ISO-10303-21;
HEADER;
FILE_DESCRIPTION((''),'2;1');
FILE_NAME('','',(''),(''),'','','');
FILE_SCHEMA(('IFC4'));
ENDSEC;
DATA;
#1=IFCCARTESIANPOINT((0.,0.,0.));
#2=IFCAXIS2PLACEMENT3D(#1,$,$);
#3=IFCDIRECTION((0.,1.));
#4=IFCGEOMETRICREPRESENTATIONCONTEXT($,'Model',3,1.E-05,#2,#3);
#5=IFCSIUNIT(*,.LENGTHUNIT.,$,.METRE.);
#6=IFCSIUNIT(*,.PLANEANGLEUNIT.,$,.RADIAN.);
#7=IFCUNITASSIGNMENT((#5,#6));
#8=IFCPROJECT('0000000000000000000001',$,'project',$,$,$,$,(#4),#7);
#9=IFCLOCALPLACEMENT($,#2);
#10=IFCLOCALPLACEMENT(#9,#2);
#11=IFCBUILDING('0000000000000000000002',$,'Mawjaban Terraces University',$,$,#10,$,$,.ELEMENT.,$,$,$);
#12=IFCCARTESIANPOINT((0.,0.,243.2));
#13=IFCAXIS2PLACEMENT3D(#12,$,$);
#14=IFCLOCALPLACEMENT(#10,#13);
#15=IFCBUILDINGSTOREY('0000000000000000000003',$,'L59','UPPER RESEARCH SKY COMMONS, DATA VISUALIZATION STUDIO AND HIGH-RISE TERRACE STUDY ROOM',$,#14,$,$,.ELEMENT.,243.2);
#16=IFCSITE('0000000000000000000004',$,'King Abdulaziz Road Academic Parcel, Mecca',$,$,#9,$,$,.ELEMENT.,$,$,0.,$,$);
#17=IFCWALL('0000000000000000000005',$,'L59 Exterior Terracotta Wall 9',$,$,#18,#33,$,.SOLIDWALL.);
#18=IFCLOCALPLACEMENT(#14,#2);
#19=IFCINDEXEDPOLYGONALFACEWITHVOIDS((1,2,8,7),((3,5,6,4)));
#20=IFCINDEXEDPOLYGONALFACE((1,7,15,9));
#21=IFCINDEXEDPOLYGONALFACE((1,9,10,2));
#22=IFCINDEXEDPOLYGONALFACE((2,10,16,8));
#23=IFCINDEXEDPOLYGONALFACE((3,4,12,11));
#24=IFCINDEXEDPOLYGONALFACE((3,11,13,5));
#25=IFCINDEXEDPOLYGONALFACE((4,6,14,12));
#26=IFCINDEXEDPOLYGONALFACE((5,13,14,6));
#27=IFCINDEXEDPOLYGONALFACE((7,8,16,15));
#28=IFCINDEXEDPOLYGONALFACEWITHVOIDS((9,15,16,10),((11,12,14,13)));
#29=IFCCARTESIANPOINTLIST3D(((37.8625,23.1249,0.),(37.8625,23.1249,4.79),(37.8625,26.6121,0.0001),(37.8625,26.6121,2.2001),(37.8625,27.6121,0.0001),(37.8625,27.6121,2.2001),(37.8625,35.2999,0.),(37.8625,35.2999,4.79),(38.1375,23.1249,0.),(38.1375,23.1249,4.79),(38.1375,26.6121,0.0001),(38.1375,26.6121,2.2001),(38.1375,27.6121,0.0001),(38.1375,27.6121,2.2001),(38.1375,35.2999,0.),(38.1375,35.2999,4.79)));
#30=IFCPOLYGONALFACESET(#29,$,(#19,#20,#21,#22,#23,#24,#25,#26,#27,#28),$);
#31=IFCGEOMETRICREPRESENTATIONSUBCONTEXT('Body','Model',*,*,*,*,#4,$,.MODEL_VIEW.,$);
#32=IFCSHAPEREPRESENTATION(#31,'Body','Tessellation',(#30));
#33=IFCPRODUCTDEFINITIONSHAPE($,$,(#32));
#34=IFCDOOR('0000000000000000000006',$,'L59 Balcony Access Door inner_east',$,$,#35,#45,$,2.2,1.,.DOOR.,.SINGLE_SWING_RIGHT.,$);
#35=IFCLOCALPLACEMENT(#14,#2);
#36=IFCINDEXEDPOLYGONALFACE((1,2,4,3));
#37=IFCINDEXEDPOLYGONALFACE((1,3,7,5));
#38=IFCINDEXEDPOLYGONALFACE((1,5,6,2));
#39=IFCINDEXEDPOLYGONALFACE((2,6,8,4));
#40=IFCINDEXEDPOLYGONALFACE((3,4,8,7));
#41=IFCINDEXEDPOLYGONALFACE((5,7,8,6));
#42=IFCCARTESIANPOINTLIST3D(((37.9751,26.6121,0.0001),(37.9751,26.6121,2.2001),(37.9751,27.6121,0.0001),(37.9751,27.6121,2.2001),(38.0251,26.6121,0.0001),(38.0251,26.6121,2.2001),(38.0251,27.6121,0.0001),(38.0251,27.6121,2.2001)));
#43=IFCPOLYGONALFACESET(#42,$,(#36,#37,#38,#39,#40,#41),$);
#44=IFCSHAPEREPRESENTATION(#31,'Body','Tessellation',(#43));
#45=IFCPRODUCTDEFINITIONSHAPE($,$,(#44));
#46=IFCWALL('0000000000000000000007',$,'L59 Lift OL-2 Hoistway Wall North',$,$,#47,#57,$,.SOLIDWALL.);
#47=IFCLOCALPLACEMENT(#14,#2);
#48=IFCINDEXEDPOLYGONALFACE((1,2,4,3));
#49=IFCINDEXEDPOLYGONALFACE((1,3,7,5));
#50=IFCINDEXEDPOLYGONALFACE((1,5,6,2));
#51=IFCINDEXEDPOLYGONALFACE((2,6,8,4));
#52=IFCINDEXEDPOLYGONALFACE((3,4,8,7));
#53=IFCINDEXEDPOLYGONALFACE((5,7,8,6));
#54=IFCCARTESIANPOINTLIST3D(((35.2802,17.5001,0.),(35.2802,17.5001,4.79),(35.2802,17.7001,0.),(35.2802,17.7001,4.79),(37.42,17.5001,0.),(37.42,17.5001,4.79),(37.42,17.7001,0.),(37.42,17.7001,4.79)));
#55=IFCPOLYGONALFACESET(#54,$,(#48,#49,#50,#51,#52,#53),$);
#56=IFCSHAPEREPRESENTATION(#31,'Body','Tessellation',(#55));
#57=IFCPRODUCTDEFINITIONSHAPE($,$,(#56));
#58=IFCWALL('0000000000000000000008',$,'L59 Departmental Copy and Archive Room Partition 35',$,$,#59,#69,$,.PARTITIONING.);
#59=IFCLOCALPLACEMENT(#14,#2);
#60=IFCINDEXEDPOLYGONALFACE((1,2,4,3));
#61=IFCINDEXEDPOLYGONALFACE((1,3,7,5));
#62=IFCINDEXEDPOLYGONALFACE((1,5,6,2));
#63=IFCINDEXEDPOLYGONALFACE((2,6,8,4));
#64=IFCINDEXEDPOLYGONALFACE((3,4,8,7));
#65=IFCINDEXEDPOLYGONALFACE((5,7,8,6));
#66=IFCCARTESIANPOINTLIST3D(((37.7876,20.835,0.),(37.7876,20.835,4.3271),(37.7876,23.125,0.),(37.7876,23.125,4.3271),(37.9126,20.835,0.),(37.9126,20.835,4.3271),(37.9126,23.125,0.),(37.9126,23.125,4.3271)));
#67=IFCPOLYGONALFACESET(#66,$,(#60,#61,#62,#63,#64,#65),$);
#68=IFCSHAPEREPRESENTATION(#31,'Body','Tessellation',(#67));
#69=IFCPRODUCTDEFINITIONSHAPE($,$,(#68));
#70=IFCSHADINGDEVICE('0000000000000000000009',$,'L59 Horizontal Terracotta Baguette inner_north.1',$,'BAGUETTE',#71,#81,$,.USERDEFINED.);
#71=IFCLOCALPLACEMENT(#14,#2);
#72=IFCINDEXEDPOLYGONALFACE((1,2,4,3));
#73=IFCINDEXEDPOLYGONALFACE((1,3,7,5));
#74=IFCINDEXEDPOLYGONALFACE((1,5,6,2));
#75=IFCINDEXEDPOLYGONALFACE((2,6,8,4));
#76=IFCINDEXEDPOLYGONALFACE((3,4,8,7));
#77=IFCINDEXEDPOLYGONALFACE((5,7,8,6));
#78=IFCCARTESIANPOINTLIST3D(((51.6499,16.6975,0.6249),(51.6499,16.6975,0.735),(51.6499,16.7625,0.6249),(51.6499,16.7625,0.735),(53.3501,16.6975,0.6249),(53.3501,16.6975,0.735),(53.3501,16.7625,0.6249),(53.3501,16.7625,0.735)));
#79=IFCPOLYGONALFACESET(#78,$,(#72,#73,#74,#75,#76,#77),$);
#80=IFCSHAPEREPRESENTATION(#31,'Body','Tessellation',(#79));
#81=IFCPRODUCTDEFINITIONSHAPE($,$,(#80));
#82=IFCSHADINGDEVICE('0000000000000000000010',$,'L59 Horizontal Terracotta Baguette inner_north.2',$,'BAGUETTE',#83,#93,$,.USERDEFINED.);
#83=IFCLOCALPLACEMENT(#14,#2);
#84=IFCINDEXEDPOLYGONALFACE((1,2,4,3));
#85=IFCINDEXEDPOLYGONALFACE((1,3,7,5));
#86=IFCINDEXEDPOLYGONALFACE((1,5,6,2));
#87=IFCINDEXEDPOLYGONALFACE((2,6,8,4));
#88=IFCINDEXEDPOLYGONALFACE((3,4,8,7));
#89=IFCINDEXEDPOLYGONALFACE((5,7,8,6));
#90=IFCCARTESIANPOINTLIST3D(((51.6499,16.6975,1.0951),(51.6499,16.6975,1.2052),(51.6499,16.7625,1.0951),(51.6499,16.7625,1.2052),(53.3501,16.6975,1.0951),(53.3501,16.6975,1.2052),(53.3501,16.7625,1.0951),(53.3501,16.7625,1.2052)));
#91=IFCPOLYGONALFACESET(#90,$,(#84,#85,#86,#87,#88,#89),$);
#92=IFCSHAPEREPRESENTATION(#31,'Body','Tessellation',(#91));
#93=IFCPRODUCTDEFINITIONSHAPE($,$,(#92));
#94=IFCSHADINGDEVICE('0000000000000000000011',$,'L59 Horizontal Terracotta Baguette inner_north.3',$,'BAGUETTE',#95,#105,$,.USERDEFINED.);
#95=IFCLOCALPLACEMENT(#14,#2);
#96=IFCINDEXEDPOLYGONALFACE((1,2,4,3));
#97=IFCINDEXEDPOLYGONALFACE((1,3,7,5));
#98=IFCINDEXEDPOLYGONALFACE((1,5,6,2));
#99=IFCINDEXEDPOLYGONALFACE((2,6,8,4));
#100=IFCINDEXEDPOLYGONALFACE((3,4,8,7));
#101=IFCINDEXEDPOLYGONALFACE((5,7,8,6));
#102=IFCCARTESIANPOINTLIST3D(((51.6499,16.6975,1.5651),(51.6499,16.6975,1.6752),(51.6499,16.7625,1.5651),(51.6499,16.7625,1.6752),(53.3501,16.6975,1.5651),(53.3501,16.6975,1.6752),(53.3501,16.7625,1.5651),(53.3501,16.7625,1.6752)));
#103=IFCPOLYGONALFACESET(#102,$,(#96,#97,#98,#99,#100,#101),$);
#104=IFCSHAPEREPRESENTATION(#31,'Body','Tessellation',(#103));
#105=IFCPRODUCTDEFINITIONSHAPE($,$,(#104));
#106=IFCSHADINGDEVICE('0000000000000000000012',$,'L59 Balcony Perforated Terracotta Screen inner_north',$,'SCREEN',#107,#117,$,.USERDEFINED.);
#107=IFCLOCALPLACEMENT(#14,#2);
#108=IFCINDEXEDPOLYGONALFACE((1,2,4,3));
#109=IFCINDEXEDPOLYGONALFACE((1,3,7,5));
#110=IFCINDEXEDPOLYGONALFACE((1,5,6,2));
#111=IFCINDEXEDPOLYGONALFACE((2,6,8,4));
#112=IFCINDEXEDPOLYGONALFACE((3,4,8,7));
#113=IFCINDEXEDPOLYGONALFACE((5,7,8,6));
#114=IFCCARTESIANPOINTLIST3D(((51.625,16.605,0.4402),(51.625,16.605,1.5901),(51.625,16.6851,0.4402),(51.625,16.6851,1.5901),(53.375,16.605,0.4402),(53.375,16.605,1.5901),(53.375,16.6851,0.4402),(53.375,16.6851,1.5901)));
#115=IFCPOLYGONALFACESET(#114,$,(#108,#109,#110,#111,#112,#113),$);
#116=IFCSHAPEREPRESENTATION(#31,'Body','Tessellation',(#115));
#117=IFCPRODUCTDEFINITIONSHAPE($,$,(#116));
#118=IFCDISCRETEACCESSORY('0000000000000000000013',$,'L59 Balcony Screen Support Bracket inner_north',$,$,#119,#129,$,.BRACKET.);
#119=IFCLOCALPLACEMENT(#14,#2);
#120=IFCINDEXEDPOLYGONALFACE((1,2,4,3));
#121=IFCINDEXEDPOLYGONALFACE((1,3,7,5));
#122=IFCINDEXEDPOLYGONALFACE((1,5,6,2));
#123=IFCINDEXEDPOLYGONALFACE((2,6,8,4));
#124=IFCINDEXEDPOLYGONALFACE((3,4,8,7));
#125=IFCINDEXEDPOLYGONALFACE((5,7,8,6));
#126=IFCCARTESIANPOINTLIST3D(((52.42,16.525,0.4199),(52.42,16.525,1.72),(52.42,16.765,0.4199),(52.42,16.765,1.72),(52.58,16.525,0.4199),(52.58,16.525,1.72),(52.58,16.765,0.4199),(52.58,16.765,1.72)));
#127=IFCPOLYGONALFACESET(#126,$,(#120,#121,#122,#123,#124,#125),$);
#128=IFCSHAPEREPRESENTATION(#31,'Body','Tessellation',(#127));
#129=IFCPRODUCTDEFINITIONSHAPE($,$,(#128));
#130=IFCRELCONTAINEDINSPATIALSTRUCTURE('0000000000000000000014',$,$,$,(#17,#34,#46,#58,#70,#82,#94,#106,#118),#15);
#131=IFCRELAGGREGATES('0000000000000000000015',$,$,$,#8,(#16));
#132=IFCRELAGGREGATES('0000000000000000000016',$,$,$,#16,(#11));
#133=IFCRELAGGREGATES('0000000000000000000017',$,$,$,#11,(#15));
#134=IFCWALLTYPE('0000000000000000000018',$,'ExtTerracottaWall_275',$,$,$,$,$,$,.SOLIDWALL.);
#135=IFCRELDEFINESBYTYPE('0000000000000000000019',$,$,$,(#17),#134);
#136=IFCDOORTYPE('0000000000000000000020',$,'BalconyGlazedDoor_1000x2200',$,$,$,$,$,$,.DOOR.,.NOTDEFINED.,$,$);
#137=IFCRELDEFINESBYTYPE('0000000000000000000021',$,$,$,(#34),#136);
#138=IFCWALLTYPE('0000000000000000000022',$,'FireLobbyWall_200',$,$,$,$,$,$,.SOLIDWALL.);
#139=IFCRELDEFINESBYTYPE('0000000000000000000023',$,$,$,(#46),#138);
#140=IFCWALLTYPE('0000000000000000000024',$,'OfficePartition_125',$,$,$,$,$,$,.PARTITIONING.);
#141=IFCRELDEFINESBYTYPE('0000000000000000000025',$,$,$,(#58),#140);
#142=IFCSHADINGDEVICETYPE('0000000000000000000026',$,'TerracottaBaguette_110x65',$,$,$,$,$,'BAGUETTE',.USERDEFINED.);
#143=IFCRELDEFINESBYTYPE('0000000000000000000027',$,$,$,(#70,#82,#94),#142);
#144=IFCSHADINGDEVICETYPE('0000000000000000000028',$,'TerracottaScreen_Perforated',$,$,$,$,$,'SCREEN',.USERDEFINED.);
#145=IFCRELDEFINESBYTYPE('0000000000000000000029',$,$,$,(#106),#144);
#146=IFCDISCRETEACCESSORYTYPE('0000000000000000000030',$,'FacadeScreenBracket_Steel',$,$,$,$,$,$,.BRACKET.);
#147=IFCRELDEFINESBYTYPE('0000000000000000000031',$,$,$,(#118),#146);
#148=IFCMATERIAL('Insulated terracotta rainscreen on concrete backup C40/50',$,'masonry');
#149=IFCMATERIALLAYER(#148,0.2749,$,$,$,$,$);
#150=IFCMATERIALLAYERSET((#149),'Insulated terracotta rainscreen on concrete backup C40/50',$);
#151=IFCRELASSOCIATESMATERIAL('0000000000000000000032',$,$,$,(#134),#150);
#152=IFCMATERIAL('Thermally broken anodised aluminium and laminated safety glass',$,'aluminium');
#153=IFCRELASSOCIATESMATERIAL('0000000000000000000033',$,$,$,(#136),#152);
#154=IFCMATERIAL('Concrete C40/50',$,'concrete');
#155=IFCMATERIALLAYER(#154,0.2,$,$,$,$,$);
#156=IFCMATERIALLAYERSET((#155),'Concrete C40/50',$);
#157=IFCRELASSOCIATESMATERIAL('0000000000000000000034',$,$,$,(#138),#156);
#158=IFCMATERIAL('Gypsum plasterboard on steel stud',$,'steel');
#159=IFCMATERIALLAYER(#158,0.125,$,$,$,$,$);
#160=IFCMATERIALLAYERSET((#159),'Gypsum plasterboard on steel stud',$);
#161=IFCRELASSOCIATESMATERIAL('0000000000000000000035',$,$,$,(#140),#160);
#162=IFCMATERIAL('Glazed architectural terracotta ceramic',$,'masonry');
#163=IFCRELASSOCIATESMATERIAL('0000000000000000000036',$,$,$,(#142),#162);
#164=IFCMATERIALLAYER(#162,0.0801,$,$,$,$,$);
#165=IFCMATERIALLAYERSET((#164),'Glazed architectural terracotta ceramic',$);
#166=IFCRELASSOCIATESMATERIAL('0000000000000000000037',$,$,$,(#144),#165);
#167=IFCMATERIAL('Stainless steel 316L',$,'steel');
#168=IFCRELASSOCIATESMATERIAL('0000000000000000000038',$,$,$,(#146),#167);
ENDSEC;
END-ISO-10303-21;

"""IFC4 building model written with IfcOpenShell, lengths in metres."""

from ifc_helpers import new_model, si_unit, direction, frame, frame_2d, origin, origin_2d, place, context, subcontext, project, spatial, rectangle, extrude, material, layer, layer_set, material_profile, profile_set, type_object, element, fill, save


model = new_model("IFC4")

# Units and contexts
model_context = context("Model", 3, precision=1e-05, world=origin(), true_north=direction((0.0, 1.0)))
body_context = subcontext(model_context, "Body", "Model", "MODEL_VIEW")
ifc_project = project(units=[si_unit("LENGTHUNIT", "METRE"), si_unit("PLANEANGLEUNIT", "RADIAN")], contexts=[model_context])

# Site, building, storey
site_placement = place(None, origin())
site = spatial("IfcSite", under=ifc_project, at=site_placement, Name="King Abdulaziz Road Academic Parcel, Mecca", CompositionType="ELEMENT", RefElevation=0.0)
building_placement = place(site_placement, origin())
building = spatial("IfcBuilding", under=site, at=building_placement, Name="Mawjaban Terraces University", CompositionType="ELEMENT")
storey_placement = place(building_placement, frame((0.0, 0.0, 243.2)))
storey = spatial("IfcBuildingStorey", under=building, at=storey_placement, Name="L59", Description="UPPER RESEARCH SKY COMMONS, DATA VISUALIZATION STUDIO AND HIGH-RISE TERRACE STUDY ROOM", CompositionType="ELEMENT", Elevation=243.2)

# Shared definitions
ifc_material_1 = material(Name="Insulated terracotta rainscreen on concrete backup C40/50", Category="masonry")
ifc_layer_1 = layer(ifc_material_1, 0.2749)
ifc_layer_set_1 = layer_set([ifc_layer_1], Name="Insulated terracotta rainscreen on concrete backup C40/50")
wall_type_1 = type_object("IfcWallType", Name="ExtTerracottaWall_275", PredefinedType="SOLIDWALL", material=ifc_layer_set_1)

# Wall, opening, door
wall_1_placement = place(storey_placement, frame((38.0, 23.125, 0.0), z_axis=(0.0, 0.0, 1.0), x_axis=(0.0, 1.0, 0.0)))
wall_1 = element("IfcWall", 1, at=wall_1_placement, inside=storey, type_object=wall_type_1, Name="L59 Exterior Terracotta Wall 9", PredefinedType="SOLIDWALL", context=body_context, shape_type="SweptSolid", body=[
    extrude(rectangle(XDim=12.175, YDim=0.2749, at=frame_2d((6.0874, 0.0))), origin(), (0.0, 0.0, 1.0), 4.79),
])
opening_1_placement = place(wall_1_placement, frame((3.4871, 0.0, 0.0)))
opening_1 = element("IfcOpeningElement", 2, at=opening_1_placement, cuts=wall_1, PredefinedType="OPENING", context=body_context, shape_type="SweptSolid", body=[
    extrude(rectangle(XDim=1.0, YDim=2.2, at=frame_2d((0.5, 1.1001))), frame((0.0, 0.1475, 0.0), z_axis=(0.0, -1.0, 0.0), x_axis=(1.0, 0.0, 0.0)), (0.0, 0.0, 1.0), 0.2949),
])
ifc_material_2 = material(Name="Thermally broken anodised aluminium and laminated safety glass", Category="aluminium")
door_type = type_object("IfcDoorType", Name="BalconyGlazedDoor_1000x2200", OperationType="NOTDEFINED", PredefinedType="DOOR", material=ifc_material_2)
door_placement = place(opening_1_placement, origin())
door = element("IfcDoor", 3, at=door_placement, inside=storey, type_object=door_type, Name="L59 Balcony Access Door inner_east", OperationType="SINGLE_SWING_RIGHT", OverallHeight=2.2, OverallWidth=1.0, PredefinedType="DOOR", context=body_context, shape_type="SweptSolid", body=[
    extrude(rectangle(XDim=1.0, YDim=2.2, at=frame_2d((0.5, 1.1001))), frame((0.0, 0.0249, 0.0), z_axis=(0.0, -1.0, 0.0), x_axis=(1.0, 0.0, 0.0)), (0.0, 0.0, 1.0), 0.05),
])
fill(opening_1, door)

# Walls
ifc_material_3 = material(Name="Concrete C40/50", Category="concrete")
ifc_layer_2 = layer(ifc_material_3, 0.2)
ifc_layer_set_2 = layer_set([ifc_layer_2], Name="Concrete C40/50")
wall_type_2 = type_object("IfcWallType", Name="FireLobbyWall_200", PredefinedType="SOLIDWALL", material=ifc_layer_set_2)
wall_2_placement = place(storey_placement, frame((37.4199, 17.6001, 0.0), z_axis=(0.0, 0.0, 1.0), x_axis=(-1.0, 0.0, 0.0)))
element("IfcWall", 4, at=wall_2_placement, inside=storey, type_object=wall_type_2, Name="L59 Lift OL-2 Hoistway Wall North", PredefinedType="SOLIDWALL", context=body_context, shape_type="SweptSolid", body=[
    extrude(rectangle(XDim=2.1399, YDim=0.2, at=frame_2d((1.0698, 0.0))), origin(), (0.0, 0.0, 1.0), 4.79),
])
ifc_material_4 = material(Name="Gypsum plasterboard on steel stud", Category="steel")
ifc_layer_3 = layer(ifc_material_4, 0.125)
ifc_layer_set_3 = layer_set([ifc_layer_3], Name="Gypsum plasterboard on steel stud")
wall_type_3 = type_object("IfcWallType", Name="OfficePartition_125", PredefinedType="PARTITIONING", material=ifc_layer_set_3)
wall_3_placement = place(storey_placement, frame((37.8501, 20.835, 0.0), z_axis=(0.0, 0.0, 1.0), x_axis=(0.0, 1.0, 0.0)))
element("IfcWall", 5, at=wall_3_placement, inside=storey, type_object=wall_type_3, Name="L59 Departmental Copy and Archive Room Partition 35", PredefinedType="PARTITIONING", context=body_context, shape_type="SweptSolid", body=[
    extrude(rectangle(XDim=2.29, YDim=0.125, at=frame_2d((1.145, 0.0))), origin(), (0.0, 0.0, 1.0), 4.3271),
])

# Shading devices
ifc_material_5 = material(Name="Glazed architectural terracotta ceramic", Category="masonry")
ifc_material_profile_1 = material_profile(ifc_material_5, rectangle(XDim=0.0649, YDim=0.1101, at=origin_2d()), Name="TBAG110X65")
ifc_profile_set_1 = profile_set([ifc_material_profile_1], Name="Glazed architectural terracotta ceramic")
shading_device_type_1 = type_object("IfcShadingDeviceType", Name="TerracottaBaguette_110x65", ElementType="BAGUETTE", PredefinedType="USERDEFINED", material=ifc_profile_set_1)
for number, where, z_axis, x_axis, name in (
    (6, (51.6499, 16.73, 0.6799), (1.0, 0.0, 0.0), (0.0, 1.0, 0.0), "L59 Horizontal Terracotta Baguette inner_north.1"),
    (7, (51.6499, 16.73, 1.1501), (1.0, 0.0, 0.0), (0.0, 1.0, 0.0), "L59 Horizontal Terracotta Baguette inner_north.2"),
    (8, (51.6499, 16.73, 1.6201), (1.0, 0.0, 0.0), (0.0, 1.0, 0.0), "L59 Horizontal Terracotta Baguette inner_north.3"),
):
    element("IfcShadingDevice", number, at=place(storey_placement, frame(where, z_axis=z_axis, x_axis=x_axis)), inside=storey, type_object=shading_device_type_1, Name=name, ObjectType="BAGUETTE", PredefinedType="USERDEFINED", context=body_context, shape_type="SweptSolid", body=[
        extrude(rectangle(XDim=0.0649, YDim=0.1101, at=origin_2d()), origin(), (0.0, 0.0, 1.0), 1.7002),
    ])
ifc_layer_4 = layer(ifc_material_5, 0.0801)
ifc_layer_set_4 = layer_set([ifc_layer_4], Name="Glazed architectural terracotta ceramic")
shading_device_type_2 = type_object("IfcShadingDeviceType", Name="TerracottaScreen_Perforated", ElementType="SCREEN", PredefinedType="USERDEFINED", material=ifc_layer_set_4)
shading_device_placement = place(storey_placement, frame((52.5, 16.645, 0.4402), z_axis=(0.0, 0.0, 1.0), x_axis=(1.0, 0.0, 0.0)))
element("IfcShadingDevice", 9, at=shading_device_placement, inside=storey, type_object=shading_device_type_2, Name="L59 Balcony Perforated Terracotta Screen inner_north", ObjectType="SCREEN", PredefinedType="USERDEFINED", context=body_context, shape_type="SweptSolid", body=[
    extrude(rectangle(XDim=1.75, YDim=0.0801, at=origin_2d()), origin(), (0.0, 0.0, 1.0), 1.1499),
])

# Discrete accessory
ifc_material_6 = material(Name="Stainless steel 316L", Category="steel")
discrete_accessory_type = type_object("IfcDiscreteAccessoryType", Name="FacadeScreenBracket_Steel", PredefinedType="BRACKET", material=ifc_material_6)
discrete_accessory_placement = place(storey_placement, frame((52.5, 16.645, 0.4199), z_axis=(0.0, 0.0, 1.0), x_axis=(1.0, 0.0, 0.0)))
element("IfcDiscreteAccessory", 10, at=discrete_accessory_placement, inside=storey, type_object=discrete_accessory_type, Name="L59 Balcony Screen Support Bracket inner_north", PredefinedType="BRACKET", context=body_context, shape_type="SweptSolid", body=[
    extrude(rectangle(XDim=0.1599, YDim=0.24, at=origin_2d()), origin(), (0.0, 0.0, 1.0), 1.3),
])

save(model, "model.ifc")
